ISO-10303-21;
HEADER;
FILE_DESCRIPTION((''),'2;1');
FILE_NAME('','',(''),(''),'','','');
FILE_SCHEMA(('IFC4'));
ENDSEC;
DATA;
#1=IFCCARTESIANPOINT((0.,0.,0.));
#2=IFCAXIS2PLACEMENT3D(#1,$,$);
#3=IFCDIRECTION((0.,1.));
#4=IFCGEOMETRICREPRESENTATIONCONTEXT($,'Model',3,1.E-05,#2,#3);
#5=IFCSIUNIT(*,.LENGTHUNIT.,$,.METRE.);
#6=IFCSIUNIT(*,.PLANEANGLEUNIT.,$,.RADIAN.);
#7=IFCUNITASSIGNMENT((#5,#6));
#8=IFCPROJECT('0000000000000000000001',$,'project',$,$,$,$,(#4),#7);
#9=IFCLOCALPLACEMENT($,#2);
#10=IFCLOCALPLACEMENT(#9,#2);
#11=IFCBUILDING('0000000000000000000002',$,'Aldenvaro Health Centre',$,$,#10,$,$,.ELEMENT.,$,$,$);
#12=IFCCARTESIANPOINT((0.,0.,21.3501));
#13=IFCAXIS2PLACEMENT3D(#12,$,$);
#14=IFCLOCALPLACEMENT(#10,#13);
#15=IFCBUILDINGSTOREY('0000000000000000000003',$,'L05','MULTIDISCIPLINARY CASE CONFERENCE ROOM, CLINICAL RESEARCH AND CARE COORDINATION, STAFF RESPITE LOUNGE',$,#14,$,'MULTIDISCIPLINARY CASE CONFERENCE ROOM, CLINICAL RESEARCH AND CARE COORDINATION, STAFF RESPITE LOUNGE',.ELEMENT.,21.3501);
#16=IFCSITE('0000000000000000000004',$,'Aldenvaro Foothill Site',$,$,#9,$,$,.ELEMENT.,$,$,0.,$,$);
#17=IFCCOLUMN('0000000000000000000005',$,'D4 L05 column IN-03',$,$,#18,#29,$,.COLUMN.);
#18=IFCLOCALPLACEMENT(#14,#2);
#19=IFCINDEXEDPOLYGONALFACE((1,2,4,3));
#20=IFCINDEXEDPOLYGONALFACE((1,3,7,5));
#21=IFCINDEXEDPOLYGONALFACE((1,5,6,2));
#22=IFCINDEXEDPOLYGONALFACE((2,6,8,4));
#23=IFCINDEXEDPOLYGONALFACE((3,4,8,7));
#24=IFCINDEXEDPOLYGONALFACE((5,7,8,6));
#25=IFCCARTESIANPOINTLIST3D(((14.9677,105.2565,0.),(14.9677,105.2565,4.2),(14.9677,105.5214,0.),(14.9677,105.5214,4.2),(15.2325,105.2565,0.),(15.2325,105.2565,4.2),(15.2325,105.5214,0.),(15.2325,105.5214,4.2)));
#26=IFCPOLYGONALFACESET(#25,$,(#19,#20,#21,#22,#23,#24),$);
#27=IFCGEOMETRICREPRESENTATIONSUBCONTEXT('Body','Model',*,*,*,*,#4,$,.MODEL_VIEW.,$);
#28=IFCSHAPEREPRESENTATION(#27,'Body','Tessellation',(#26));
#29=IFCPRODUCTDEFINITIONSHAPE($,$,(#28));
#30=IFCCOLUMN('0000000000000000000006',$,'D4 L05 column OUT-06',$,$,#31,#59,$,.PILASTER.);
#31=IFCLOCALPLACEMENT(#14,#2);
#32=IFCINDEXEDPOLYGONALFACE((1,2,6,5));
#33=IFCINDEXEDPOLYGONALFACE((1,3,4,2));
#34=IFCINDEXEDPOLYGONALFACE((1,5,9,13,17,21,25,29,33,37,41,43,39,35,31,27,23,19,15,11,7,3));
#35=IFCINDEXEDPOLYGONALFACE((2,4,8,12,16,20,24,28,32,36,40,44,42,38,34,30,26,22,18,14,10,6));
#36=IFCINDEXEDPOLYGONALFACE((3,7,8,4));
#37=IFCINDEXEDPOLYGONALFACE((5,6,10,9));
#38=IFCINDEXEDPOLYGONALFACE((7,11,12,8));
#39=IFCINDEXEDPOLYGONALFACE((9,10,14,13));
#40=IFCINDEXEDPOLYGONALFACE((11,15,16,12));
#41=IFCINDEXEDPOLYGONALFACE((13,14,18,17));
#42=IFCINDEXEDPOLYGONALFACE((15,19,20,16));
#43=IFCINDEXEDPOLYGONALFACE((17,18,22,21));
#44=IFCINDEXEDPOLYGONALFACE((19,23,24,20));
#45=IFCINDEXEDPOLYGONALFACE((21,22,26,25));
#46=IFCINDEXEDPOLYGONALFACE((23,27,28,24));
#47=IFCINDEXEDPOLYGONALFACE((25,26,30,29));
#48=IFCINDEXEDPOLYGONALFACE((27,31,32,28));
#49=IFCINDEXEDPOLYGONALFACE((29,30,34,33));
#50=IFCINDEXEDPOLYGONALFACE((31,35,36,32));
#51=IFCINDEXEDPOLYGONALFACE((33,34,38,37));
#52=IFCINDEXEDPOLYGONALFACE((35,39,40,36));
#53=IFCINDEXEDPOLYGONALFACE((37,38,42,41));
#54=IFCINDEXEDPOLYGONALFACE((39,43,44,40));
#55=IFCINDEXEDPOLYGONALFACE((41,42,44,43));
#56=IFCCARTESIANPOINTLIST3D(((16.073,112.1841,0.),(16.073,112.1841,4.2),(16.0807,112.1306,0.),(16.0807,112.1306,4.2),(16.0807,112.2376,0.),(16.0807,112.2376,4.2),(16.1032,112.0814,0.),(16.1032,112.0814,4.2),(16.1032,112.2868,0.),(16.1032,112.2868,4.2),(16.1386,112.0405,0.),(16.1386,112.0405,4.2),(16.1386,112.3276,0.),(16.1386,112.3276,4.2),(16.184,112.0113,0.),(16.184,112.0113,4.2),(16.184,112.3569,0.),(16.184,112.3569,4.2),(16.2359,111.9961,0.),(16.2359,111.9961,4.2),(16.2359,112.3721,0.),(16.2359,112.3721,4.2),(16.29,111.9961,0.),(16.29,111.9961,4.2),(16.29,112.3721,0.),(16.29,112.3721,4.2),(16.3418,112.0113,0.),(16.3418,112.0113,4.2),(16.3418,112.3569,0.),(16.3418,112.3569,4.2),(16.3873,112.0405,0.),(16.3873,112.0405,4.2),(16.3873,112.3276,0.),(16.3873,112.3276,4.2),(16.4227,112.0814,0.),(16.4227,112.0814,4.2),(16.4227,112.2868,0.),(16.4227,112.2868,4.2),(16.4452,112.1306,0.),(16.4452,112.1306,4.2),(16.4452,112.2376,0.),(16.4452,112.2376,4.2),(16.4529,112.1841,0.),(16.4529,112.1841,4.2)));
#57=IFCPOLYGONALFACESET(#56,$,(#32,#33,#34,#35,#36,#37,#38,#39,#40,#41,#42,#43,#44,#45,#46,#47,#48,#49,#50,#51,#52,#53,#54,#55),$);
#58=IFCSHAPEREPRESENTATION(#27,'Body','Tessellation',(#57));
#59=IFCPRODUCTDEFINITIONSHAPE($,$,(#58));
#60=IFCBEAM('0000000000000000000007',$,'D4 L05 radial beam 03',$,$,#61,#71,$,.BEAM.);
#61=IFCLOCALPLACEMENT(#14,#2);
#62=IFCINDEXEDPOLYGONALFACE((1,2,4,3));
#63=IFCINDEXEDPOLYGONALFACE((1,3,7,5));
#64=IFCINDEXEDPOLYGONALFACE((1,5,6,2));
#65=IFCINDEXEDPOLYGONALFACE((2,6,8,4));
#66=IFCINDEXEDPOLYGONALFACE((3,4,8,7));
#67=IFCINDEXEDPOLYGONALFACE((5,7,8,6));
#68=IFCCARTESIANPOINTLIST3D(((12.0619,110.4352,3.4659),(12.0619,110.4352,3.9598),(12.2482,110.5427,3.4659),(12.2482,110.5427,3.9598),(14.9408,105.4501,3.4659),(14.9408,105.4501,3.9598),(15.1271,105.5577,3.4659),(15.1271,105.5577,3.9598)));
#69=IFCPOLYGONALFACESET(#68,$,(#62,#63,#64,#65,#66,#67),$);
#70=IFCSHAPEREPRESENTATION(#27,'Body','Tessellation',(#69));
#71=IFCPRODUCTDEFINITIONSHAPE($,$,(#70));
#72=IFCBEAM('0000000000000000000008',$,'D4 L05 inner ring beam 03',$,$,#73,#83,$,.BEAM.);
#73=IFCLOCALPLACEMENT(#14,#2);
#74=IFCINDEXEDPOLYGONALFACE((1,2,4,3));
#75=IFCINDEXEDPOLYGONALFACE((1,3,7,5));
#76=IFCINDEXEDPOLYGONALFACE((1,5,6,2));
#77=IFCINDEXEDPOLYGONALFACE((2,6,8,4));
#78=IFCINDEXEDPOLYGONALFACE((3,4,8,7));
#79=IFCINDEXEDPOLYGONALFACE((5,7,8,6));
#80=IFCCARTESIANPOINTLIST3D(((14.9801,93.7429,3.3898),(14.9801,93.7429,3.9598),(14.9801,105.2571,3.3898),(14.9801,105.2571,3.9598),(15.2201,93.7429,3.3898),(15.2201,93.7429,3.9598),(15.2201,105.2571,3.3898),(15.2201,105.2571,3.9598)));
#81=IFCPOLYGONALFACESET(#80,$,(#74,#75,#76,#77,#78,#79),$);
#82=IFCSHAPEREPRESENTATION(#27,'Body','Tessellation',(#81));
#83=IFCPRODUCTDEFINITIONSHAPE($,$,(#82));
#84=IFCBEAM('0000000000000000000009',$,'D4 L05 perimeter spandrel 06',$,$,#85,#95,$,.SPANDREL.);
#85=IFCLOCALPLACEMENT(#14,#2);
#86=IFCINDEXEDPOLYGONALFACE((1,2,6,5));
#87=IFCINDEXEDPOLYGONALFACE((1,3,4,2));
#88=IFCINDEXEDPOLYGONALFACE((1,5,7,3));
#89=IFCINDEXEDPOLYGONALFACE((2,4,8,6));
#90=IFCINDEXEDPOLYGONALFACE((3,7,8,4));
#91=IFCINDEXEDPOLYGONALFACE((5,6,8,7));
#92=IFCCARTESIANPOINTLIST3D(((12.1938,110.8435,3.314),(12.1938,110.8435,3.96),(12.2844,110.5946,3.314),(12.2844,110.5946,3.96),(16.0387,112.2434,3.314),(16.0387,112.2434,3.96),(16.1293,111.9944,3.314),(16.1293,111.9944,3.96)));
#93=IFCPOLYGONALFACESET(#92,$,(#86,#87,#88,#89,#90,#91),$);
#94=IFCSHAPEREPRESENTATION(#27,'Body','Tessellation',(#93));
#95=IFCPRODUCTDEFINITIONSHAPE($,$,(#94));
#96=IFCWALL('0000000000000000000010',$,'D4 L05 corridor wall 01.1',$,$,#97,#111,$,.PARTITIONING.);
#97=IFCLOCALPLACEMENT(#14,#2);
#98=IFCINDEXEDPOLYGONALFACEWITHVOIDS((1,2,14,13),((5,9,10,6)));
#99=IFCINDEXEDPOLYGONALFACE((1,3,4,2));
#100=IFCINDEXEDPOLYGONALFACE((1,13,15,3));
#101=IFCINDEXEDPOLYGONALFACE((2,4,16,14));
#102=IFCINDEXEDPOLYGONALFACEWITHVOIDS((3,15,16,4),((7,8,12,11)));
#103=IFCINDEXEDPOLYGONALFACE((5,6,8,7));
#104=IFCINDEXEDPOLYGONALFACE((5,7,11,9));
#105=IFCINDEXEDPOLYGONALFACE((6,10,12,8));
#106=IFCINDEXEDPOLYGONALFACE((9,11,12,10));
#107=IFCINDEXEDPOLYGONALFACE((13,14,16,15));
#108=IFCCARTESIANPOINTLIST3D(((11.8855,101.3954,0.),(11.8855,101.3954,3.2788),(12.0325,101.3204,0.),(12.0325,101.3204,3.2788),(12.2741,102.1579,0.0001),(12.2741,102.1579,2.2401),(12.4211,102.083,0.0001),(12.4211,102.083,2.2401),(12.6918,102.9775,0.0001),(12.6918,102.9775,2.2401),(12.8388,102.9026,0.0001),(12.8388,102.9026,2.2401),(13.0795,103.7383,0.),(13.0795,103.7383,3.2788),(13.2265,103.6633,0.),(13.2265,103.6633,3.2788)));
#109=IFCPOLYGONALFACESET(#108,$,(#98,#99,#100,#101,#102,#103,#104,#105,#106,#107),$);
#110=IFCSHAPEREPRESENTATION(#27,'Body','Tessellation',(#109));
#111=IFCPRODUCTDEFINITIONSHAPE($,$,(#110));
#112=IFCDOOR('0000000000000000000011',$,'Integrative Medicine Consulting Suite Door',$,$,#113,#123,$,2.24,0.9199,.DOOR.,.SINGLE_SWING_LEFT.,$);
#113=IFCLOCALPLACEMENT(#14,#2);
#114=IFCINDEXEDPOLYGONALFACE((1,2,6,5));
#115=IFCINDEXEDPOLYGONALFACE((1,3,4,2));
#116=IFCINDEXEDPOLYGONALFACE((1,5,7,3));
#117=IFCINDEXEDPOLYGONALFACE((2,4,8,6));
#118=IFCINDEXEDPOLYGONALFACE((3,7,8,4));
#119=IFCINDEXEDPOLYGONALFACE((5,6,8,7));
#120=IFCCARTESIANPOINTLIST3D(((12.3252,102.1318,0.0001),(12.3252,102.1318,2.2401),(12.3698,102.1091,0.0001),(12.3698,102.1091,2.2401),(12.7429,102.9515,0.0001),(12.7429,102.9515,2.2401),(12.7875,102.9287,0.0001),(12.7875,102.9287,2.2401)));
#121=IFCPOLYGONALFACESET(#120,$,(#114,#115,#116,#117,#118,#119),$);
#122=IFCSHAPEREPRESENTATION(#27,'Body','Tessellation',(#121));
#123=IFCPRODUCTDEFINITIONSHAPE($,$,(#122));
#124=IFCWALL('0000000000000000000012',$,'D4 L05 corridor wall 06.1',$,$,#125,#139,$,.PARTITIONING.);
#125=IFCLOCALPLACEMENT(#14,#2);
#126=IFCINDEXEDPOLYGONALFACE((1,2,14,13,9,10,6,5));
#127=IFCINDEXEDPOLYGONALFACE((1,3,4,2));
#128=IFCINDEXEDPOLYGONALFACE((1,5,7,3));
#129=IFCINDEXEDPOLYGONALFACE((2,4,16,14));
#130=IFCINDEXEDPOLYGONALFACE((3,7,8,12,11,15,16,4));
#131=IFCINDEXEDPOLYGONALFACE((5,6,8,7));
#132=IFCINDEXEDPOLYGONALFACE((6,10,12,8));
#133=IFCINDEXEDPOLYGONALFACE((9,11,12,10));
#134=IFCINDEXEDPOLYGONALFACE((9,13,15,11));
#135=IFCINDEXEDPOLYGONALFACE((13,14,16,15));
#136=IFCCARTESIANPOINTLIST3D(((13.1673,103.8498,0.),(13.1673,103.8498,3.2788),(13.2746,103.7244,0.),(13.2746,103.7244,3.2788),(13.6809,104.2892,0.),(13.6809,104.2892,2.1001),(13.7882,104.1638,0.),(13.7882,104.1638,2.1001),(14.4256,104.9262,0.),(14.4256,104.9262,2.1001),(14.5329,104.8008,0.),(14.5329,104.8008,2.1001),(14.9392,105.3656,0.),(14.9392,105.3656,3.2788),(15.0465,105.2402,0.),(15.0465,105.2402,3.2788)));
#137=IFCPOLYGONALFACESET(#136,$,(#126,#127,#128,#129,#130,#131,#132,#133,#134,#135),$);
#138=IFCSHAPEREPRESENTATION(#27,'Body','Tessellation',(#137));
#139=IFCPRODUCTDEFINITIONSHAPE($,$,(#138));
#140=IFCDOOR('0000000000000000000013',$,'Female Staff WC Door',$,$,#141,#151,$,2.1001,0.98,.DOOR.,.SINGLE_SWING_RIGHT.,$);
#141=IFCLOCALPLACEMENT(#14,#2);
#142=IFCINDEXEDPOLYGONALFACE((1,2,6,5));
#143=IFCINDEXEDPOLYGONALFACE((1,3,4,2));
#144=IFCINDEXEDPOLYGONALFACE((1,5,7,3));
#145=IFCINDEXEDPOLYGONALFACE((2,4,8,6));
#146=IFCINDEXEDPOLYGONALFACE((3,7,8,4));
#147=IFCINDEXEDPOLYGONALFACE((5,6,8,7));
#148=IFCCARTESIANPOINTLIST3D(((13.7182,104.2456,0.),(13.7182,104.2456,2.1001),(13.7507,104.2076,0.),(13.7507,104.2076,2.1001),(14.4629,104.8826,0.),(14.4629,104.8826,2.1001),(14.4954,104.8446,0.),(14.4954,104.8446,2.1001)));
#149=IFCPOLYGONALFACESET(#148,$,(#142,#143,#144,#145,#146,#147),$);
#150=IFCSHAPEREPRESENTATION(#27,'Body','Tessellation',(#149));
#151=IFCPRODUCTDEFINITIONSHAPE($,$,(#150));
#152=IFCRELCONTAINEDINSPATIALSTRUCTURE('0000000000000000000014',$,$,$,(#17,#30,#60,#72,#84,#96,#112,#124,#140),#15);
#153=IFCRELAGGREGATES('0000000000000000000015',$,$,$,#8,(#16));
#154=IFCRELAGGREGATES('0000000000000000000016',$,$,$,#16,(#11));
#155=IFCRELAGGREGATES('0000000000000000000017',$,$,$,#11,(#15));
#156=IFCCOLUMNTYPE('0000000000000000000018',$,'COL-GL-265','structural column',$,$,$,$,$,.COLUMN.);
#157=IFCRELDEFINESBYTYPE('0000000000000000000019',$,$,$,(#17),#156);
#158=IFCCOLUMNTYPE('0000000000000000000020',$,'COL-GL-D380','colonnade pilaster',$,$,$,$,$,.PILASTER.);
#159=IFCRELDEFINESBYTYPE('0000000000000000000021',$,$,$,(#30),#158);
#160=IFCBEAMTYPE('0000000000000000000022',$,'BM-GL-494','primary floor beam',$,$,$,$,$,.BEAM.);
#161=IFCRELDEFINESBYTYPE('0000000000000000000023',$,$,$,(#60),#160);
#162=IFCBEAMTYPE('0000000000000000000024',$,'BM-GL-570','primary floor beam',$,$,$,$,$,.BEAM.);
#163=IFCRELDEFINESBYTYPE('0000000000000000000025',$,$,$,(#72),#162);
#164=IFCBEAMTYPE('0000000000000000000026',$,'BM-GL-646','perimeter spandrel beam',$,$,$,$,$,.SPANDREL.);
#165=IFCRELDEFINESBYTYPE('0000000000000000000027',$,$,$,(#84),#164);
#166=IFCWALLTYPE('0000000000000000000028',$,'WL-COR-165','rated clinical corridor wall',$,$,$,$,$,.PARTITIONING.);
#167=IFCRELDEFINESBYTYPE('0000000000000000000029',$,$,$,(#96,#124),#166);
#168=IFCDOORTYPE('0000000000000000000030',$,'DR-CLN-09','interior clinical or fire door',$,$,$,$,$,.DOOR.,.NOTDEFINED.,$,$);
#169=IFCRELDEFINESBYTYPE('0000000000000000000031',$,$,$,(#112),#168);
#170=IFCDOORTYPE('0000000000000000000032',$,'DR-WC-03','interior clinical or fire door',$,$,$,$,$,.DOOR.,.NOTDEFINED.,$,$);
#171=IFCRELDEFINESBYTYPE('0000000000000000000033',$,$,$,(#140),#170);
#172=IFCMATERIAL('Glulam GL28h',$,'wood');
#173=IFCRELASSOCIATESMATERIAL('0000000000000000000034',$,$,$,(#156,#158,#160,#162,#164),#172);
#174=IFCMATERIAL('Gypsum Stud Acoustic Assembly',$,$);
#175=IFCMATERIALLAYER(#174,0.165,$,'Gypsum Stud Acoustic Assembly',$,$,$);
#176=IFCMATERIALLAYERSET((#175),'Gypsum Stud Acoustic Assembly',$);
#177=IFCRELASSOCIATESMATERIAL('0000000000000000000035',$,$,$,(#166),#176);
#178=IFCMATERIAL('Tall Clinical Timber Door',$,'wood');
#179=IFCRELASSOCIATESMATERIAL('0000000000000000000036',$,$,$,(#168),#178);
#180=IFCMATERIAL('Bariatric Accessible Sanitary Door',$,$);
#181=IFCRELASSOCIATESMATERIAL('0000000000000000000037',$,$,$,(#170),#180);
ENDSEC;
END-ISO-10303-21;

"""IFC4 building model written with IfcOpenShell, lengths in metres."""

from ifc_helpers import new_model, si_unit, direction, frame, frame_2d, origin, origin_2d, place, context, subcontext, project, spatial, rectangle, circle, extrude, material, layer, layer_set, material_profile, profile_set, type_object, element, fill, save


model = new_model("IFC4")

# Units and contexts
model_context = context("Model", 3, precision=1e-05, world=origin(), true_north=direction((0.0, 1.0)))
body_context = subcontext(model_context, "Body", "Model", "MODEL_VIEW")
ifc_project = project(units=[si_unit("LENGTHUNIT", "METRE"), si_unit("PLANEANGLEUNIT", "RADIAN")], contexts=[model_context])

# Site, building, storey
site_placement = place(None, origin())
site = spatial("IfcSite", under=ifc_project, at=site_placement, Name="Aldenvaro Foothill Site", CompositionType="ELEMENT", RefElevation=0.0)
building_placement = place(site_placement, origin())
building = spatial("IfcBuilding", under=site, at=building_placement, Name="Aldenvaro Health Centre", CompositionType="ELEMENT")
storey_placement = place(building_placement, frame((0.0, 0.0, 21.3501)))
storey = spatial("IfcBuildingStorey", under=building, at=storey_placement, Name="L05", Description="MULTIDISCIPLINARY CASE CONFERENCE ROOM, CLINICAL RESEARCH AND CARE COORDINATION, STAFF RESPITE LOUNGE", LongName="MULTIDISCIPLINARY CASE CONFERENCE ROOM, CLINICAL RESEARCH AND CARE COORDINATION, STAFF RESPITE LOUNGE", CompositionType="ELEMENT", Elevation=21.3501)

# Columns
ifc_material_1 = material(Name="Glulam GL28h", Category="wood")
ifc_material_profile_1 = material_profile(ifc_material_1, rectangle(XDim=0.2649, YDim=0.2649, at=origin_2d()), Name="GL 265x265", Category="wood")
ifc_profile_set_1 = profile_set([ifc_material_profile_1], Name="Glulam GL28h")
column_type_1 = type_object("IfcColumnType", Name="COL-GL-265", Description="structural column", PredefinedType="COLUMN", material=ifc_profile_set_1)
column_1_placement = place(storey_placement, frame((15.1001, 105.3889, 0.0), z_axis=(0.0, 0.0, 1.0), x_axis=(1.0, 0.0, 0.0)))
element("IfcColumn", 1, at=column_1_placement, inside=storey, type_object=column_type_1, Name="D4 L05 column IN-03", PredefinedType="COLUMN", context=body_context, shape_type="SweptSolid", body=[
    extrude(rectangle(XDim=0.2649, YDim=0.2649, at=origin_2d()), origin(), (0.0, 0.0, 1.0), 4.2),
])
ifc_material_profile_2 = material_profile(ifc_material_1, circle(Radius=0.1899, at=origin_2d()), Name="GL D380", Category="wood")
ifc_profile_set_2 = profile_set([ifc_material_profile_2], Name="Glulam GL28h")
column_type_2 = type_object("IfcColumnType", Name="COL-GL-D380", Description="colonnade pilaster", PredefinedType="PILASTER", material=ifc_profile_set_2)
column_2_placement = place(storey_placement, frame((16.2629, 112.1841, 0.0), z_axis=(0.0, 0.0, 1.0), x_axis=(1.0, 0.0, 0.0)))
element("IfcColumn", 2, at=column_2_placement, inside=storey, type_object=column_type_2, Name="D4 L05 column OUT-06", PredefinedType="PILASTER", context=body_context, shape_type="SweptSolid", body=[
    extrude(circle(Radius=0.1899, at=origin_2d()), origin(), (0.0, 0.0, 1.0), 4.2),
])

# Beams
ifc_material_profile_3 = material_profile(ifc_material_1, rectangle(XDim=0.2151, YDim=0.4939, at=origin_2d()), Name="GL 215x494", Category="wood")
ifc_profile_set_3 = profile_set([ifc_material_profile_3], Name="Glulam GL28h")
beam_type_1 = type_object("IfcBeamType", Name="BM-GL-494", Description="primary floor beam", PredefinedType="BEAM", material=ifc_profile_set_3)
beam_1_placement = place(storey_placement, frame((15.0339, 105.5039, 3.7129), z_axis=(-0.500098, 0.865969, 0.0), x_axis=(-0.865969, -0.500098, 0.0)))
element("IfcBeam", 3, at=beam_1_placement, inside=storey, type_object=beam_type_1, Name="D4 L05 radial beam 03", PredefinedType="BEAM", context=body_context, shape_type="SweptSolid", body=[
    extrude(rectangle(XDim=0.2151, YDim=0.4939, at=origin_2d()), origin(), (0.0, 0.0, 1.0), 5.7566),
])
ifc_material_profile_4 = material_profile(ifc_material_1, rectangle(XDim=0.24, YDim=0.5701, at=origin_2d()), Name="GL 240x570", Category="wood")
ifc_profile_set_4 = profile_set([ifc_material_profile_4], Name="Glulam GL28h")
beam_type_2 = type_object("IfcBeamType", Name="BM-GL-570", Description="primary floor beam", PredefinedType="BEAM", material=ifc_profile_set_4)
beam_2_placement = place(storey_placement, frame((15.1001, 105.2571, 3.6748), z_axis=(0.0, -1.0, 0.0), x_axis=(1.0, 0.0, 0.0)))
element("IfcBeam", 4, at=beam_2_placement, inside=storey, type_object=beam_type_2, Name="D4 L05 inner ring beam 03", PredefinedType="BEAM", context=body_context, shape_type="SweptSolid", body=[
    extrude(rectangle(XDim=0.24, YDim=0.5701, at=origin_2d()), origin(), (0.0, 0.0, 1.0), 11.5142),
])
ifc_material_profile_5 = material_profile(ifc_material_1, rectangle(XDim=0.2649, YDim=0.646, at=origin_2d()), Name="GL 265x646", Category="wood")
ifc_profile_set_5 = profile_set([ifc_material_profile_5], Name="Glulam GL28h")
beam_type_3 = type_object("IfcBeamType", Name="BM-GL-646", Description="perimeter spandrel beam", PredefinedType="SPANDREL", material=ifc_profile_set_5)
beam_3_placement = place(storey_placement, frame((16.084, 112.1189, 3.637), z_axis=(-0.939657, -0.342117, 0.0), x_axis=(0.342117, -0.939657, 0.0)))
element("IfcBeam", 5, at=beam_3_placement, inside=storey, type_object=beam_type_3, Name="D4 L05 perimeter spandrel 06", PredefinedType="SPANDREL", context=body_context, shape_type="SweptSolid", body=[
    extrude(rectangle(XDim=0.2649, YDim=0.646, at=origin_2d()), origin(), (0.0, 0.0, 1.0), 4.0918),
])

# Walls, openings, doors
ifc_material_2 = material(Name="Gypsum Stud Acoustic Assembly")
ifc_layer_1 = layer(ifc_material_2, 0.165, Name="Gypsum Stud Acoustic Assembly")
ifc_layer_set_1 = layer_set([ifc_layer_1], Name="Gypsum Stud Acoustic Assembly")
wall_type_1 = type_object("IfcWallType", Name="WL-COR-165", Description="rated clinical corridor wall", PredefinedType="PARTITIONING", material=ifc_layer_set_1)
wall_1_placement = place(storey_placement, frame((13.1531, 103.7009, 0.0), z_axis=(0.0, 0.0, 1.0), x_axis=(-0.45407, -0.890966, 0.0)))
wall_1 = element("IfcWall", 6, at=wall_1_placement, inside=storey, type_object=wall_type_1, Name="D4 L05 corridor wall 01.1", PredefinedType="PARTITIONING", context=body_context, shape_type="SweptSolid", body=[
    extrude(rectangle(XDim=2.6296, YDim=0.165, at=frame_2d((1.3149, 0.0))), origin(), (0.0, 0.0, 1.0), 3.2788),
])
opening_1_placement = place(wall_1_placement, frame((0.854, 0.0, 0.0)))
opening_1 = element("IfcOpeningElement", 7, at=opening_1_placement, cuts=wall_1, PredefinedType="OPENING", context=body_context, shape_type="SweptSolid", body=[
    extrude(rectangle(XDim=0.9199, YDim=2.24, at=frame_2d((0.46, 1.1201))), frame((0.0, 0.0925, 0.0), z_axis=(0.0, -1.0, 0.0), x_axis=(1.0, 0.0, 0.0)), (0.0, 0.0, 1.0), 0.1851),
])
ifc_material_3 = material(Name="Tall Clinical Timber Door", Category="wood")
door_type_1 = type_object("IfcDoorType", Name="DR-CLN-09", Description="interior clinical or fire door", OperationType="NOTDEFINED", PredefinedType="DOOR", material=ifc_material_3)
door_1_placement = place(opening_1_placement, origin())
door_1 = element("IfcDoor", 8, at=door_1_placement, inside=storey, type_object=door_type_1, Name="Integrative Medicine Consulting Suite Door", OperationType="SINGLE_SWING_LEFT", OverallHeight=2.24, OverallWidth=0.9199, PredefinedType="DOOR", context=body_context, shape_type="SweptSolid", body=[
    extrude(rectangle(XDim=0.9199, YDim=2.24, at=frame_2d((0.46, 1.1201))), frame((0.0, 0.0249, 0.0), z_axis=(0.0, -1.0, 0.0), x_axis=(1.0, 0.0, 0.0)), (0.0, 0.0, 1.0), 0.05),
])
fill(opening_1, door_1)
wall_2_placement = place(storey_placement, frame((14.9929, 105.303, 0.0), z_axis=(0.0, 0.0, 1.0), x_axis=(-0.759884, -0.650058, 0.0)))
wall_2 = element("IfcWall", 9, at=wall_2_placement, inside=storey, type_object=wall_type_1, Name="D4 L05 corridor wall 06.1", PredefinedType="PARTITIONING", context=body_context, shape_type="SweptSolid", body=[
    extrude(rectangle(XDim=2.3318, YDim=0.165, at=frame_2d((1.166, 0.0))), origin(), (0.0, 0.0, 1.0), 3.2788),
])
opening_2_placement = place(wall_2_placement, frame((0.676, 0.0, 0.0)))
opening_2 = element("IfcOpeningElement", 10, at=opening_2_placement, cuts=wall_2, PredefinedType="OPENING", context=body_context, shape_type="SweptSolid", body=[
    extrude(rectangle(XDim=0.98, YDim=2.1001, at=frame_2d((0.49, 1.05))), frame((0.0, 0.0925, 0.0), z_axis=(0.0, -1.0, 0.0), x_axis=(1.0, 0.0, 0.0)), (0.0, 0.0, 1.0), 0.1851),
])
ifc_material_4 = material(Name="Bariatric Accessible Sanitary Door")
door_type_2 = type_object("IfcDoorType", Name="DR-WC-03", Description="interior clinical or fire door", OperationType="NOTDEFINED", PredefinedType="DOOR", material=ifc_material_4)
door_2_placement = place(opening_2_placement, origin())
door_2 = element("IfcDoor", 11, at=door_2_placement, inside=storey, type_object=door_type_2, Name="Female Staff WC Door", OperationType="SINGLE_SWING_RIGHT", OverallHeight=2.1001, OverallWidth=0.98, PredefinedType="DOOR", context=body_context, shape_type="SweptSolid", body=[
    extrude(rectangle(XDim=0.98, YDim=2.1001, at=frame_2d((0.49, 1.05))), frame((0.0, 0.0249, 0.0), z_axis=(0.0, -1.0, 0.0), x_axis=(1.0, 0.0, 0.0)), (0.0, 0.0, 1.0), 0.05),
])
fill(opening_2, door_2)

save(model, "model.ifc")
